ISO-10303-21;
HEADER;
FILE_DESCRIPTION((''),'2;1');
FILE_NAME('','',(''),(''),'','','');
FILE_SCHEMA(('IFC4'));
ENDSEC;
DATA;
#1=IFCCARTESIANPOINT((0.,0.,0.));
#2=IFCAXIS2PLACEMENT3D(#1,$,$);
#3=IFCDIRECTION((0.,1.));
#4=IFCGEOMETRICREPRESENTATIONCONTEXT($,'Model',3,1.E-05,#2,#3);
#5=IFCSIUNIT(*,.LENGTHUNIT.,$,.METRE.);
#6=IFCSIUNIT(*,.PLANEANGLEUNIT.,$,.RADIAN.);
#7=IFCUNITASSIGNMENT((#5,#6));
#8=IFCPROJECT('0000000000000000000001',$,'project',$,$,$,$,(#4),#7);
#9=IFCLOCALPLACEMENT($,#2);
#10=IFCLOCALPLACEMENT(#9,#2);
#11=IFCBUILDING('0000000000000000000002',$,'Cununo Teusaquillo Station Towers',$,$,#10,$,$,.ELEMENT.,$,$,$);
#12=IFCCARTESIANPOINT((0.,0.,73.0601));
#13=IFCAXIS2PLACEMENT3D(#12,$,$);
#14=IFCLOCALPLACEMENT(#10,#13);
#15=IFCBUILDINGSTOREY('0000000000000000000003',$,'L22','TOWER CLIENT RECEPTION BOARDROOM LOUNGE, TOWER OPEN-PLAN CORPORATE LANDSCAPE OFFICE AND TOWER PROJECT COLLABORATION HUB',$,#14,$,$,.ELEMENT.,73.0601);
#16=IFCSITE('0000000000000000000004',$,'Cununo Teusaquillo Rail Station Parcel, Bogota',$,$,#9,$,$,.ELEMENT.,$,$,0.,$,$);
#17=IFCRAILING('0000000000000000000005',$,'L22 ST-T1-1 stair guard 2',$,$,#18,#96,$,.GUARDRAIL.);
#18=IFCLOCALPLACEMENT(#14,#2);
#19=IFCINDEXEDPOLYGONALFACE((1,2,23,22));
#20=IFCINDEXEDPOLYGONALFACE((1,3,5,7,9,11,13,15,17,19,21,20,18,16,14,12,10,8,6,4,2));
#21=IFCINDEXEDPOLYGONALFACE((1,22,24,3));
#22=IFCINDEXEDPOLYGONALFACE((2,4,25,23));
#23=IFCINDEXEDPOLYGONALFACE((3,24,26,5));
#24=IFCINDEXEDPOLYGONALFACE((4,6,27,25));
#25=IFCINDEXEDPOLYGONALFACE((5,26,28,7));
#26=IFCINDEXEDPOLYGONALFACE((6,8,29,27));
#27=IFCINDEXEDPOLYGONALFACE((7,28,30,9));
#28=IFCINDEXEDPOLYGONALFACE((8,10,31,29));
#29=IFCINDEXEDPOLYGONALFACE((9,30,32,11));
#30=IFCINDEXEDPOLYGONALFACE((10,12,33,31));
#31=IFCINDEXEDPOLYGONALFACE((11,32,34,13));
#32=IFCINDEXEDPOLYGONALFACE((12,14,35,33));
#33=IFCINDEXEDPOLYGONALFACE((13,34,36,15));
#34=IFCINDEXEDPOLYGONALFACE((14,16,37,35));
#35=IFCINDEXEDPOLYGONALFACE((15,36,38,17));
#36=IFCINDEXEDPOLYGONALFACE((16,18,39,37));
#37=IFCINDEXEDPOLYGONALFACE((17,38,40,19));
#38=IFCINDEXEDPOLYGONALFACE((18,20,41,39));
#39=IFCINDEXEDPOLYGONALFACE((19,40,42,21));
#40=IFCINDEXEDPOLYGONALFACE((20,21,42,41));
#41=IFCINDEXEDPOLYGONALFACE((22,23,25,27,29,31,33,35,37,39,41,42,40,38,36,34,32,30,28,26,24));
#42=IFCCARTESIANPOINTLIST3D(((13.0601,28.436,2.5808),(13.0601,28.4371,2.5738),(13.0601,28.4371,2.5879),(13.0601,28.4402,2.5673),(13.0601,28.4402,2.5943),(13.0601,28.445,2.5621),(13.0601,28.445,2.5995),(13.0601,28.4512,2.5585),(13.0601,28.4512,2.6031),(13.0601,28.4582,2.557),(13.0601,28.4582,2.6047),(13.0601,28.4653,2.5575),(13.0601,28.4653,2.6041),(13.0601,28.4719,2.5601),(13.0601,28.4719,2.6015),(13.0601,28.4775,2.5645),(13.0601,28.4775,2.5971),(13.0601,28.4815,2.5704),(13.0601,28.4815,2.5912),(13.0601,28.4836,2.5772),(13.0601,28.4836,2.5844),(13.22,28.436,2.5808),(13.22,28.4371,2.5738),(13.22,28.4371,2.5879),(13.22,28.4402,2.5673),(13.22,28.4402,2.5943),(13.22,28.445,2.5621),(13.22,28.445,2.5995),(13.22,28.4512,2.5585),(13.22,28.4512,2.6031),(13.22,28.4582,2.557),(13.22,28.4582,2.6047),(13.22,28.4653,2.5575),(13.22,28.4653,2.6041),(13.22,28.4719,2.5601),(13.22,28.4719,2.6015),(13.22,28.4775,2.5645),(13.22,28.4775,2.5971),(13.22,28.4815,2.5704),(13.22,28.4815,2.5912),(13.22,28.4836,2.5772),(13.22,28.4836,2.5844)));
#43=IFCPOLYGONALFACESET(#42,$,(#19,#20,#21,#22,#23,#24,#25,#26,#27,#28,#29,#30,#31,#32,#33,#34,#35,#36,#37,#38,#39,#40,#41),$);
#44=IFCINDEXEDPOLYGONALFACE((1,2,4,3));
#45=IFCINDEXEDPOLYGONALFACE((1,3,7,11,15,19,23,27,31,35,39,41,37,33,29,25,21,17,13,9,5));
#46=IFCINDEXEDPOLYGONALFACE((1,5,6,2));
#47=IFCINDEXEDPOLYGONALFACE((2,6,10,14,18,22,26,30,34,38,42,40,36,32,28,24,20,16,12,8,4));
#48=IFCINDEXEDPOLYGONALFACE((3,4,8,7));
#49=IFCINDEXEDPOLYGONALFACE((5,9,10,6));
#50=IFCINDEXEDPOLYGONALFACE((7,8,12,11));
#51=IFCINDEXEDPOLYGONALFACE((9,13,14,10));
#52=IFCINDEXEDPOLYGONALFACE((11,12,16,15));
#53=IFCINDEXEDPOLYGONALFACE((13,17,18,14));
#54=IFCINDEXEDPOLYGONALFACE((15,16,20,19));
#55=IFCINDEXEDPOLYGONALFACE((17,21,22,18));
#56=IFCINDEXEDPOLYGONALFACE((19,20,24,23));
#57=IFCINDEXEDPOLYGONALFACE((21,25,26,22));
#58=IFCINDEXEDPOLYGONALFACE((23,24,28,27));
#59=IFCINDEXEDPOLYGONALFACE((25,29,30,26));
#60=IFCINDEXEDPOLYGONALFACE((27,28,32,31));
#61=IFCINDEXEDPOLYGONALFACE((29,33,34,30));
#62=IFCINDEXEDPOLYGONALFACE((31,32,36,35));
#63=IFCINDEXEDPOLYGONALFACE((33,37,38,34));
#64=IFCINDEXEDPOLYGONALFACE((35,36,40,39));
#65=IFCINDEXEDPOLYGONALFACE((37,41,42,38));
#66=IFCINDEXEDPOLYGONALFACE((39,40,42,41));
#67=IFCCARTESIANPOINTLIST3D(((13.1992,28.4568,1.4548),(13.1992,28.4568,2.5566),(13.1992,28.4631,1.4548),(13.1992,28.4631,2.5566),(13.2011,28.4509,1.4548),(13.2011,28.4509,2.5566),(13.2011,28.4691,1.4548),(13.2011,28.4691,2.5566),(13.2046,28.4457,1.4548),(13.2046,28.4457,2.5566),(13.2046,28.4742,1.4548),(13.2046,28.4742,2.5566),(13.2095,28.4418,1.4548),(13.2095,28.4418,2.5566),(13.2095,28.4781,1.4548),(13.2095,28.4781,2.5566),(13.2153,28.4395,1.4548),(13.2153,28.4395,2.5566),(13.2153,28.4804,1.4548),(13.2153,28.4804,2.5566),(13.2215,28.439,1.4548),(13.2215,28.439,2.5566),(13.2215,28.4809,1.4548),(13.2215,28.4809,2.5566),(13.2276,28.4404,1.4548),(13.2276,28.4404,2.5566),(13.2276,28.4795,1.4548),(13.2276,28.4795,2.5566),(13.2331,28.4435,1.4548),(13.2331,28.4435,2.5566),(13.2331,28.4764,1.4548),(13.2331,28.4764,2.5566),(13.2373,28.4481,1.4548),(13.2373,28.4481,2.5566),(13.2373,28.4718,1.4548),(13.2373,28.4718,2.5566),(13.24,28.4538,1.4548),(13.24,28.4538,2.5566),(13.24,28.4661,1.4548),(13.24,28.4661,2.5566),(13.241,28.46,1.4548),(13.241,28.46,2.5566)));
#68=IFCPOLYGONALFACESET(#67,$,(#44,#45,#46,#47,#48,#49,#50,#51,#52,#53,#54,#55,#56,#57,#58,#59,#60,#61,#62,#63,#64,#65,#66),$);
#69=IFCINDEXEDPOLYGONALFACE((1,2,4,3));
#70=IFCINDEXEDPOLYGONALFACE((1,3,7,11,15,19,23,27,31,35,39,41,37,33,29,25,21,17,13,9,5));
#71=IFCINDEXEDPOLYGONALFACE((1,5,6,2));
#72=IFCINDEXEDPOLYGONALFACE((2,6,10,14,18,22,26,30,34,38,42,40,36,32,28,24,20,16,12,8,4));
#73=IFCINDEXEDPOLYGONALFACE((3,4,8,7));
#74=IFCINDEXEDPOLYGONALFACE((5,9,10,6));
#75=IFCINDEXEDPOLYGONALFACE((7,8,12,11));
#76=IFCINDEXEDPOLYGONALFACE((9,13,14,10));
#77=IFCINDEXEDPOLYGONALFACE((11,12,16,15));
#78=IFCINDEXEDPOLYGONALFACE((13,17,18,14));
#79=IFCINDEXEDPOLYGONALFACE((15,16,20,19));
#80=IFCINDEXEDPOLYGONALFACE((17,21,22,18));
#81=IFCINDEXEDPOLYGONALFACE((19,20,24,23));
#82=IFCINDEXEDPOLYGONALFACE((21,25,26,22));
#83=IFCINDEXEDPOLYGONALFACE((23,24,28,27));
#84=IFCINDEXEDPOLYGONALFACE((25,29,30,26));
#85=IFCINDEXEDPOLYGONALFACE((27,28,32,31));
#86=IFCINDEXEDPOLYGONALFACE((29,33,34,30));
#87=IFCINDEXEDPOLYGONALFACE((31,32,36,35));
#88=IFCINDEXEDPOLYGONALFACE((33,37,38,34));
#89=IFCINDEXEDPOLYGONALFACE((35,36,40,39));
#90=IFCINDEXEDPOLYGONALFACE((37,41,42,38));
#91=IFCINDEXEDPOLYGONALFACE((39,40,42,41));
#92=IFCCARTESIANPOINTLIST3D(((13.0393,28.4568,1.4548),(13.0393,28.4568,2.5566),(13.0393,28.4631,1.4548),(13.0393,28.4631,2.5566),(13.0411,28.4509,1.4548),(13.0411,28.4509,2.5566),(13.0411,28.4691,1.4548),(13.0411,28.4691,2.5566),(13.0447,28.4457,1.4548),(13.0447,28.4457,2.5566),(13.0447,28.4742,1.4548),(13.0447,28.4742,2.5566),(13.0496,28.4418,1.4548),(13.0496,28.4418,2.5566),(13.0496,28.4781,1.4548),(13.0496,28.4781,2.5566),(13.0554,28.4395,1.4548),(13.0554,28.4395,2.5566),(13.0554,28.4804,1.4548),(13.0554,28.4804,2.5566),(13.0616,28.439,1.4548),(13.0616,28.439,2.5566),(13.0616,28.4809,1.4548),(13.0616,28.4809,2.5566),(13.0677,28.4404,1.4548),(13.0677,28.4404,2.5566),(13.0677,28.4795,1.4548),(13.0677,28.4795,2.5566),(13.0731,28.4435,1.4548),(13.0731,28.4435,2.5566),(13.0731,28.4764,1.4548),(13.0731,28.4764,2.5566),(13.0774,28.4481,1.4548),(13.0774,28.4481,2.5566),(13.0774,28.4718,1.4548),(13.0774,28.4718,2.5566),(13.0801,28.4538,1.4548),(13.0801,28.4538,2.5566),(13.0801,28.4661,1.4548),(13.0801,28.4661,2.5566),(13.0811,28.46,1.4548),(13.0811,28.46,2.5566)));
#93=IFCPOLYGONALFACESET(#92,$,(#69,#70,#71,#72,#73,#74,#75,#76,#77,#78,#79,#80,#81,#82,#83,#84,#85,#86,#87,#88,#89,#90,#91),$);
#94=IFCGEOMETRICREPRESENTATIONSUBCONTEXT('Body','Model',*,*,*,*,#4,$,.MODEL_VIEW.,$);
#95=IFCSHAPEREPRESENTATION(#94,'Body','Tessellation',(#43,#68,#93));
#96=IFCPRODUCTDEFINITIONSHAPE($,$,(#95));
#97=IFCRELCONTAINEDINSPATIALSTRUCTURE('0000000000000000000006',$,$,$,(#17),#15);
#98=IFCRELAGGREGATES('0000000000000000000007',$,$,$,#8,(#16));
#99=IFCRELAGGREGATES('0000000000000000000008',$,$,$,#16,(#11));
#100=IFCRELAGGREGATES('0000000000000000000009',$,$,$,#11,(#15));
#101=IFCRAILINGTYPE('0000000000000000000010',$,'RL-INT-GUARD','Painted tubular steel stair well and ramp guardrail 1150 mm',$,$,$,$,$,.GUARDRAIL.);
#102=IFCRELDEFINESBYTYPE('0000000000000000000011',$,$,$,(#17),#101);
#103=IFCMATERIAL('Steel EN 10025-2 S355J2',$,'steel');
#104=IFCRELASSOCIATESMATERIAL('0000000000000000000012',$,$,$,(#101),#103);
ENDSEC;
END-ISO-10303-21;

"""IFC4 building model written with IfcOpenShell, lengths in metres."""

from ifc_helpers import new_model, si_unit, direction, frame, origin, origin_2d, place, context, subcontext, project, spatial, circle, extrude, material, type_object, element, save


model = new_model("IFC4")

# Units and contexts
model_context = context("Model", 3, precision=1e-05, world=origin(), true_north=direction((0.0, 1.0)))
body_context = subcontext(model_context, "Body", "Model", "MODEL_VIEW")
ifc_project = project(units=[si_unit("LENGTHUNIT", "METRE"), si_unit("PLANEANGLEUNIT", "RADIAN")], contexts=[model_context])

# Site, building, storey
site_placement = place(None, origin())
site = spatial("IfcSite", under=ifc_project, at=site_placement, Name="Cununo Teusaquillo Rail Station Parcel, Bogota", CompositionType="ELEMENT", RefElevation=0.0)
building_placement = place(site_placement, origin())
building = spatial("IfcBuilding", under=site, at=building_placement, Name="Cununo Teusaquillo Station Towers", CompositionType="ELEMENT")
storey_placement = place(building_placement, frame((0.0, 0.0, 73.0601)))
storey = spatial("IfcBuildingStorey", under=building, at=storey_placement, Name="L22", Description="TOWER CLIENT RECEPTION BOARDROOM LOUNGE, TOWER OPEN-PLAN CORPORATE LANDSCAPE OFFICE AND TOWER PROJECT COLLABORATION HUB", CompositionType="ELEMENT", Elevation=73.0601)

# Railing
ifc_material_1 = material(Name="Steel EN 10025-2 S355J2", Category="steel")
railing_type_1 = type_object("IfcRailingType", Name="RL-INT-GUARD", Description="Painted tubular steel stair well and ramp guardrail 1150 mm", PredefinedType="GUARDRAIL", material=ifc_material_1)
railing_1_placement = place(storey_placement, frame((13.22, 28.46, 1.4548)))
element("IfcRailing", 1, at=railing_1_placement, inside=storey, type_object=railing_type_1, Name="L22 ST-T1-1 stair guard 2", PredefinedType="GUARDRAIL", context=body_context, shape_type="SweptSolid", body=[
    extrude(circle(Radius=0.0239, at=origin_2d()), frame((0.0, 0.0, 1.126), z_axis=(-1.0, 0.0, 0.0), x_axis=(0.0, -1.0, 0.0)), (0.0, 0.0, 1.0), 0.1599),
    extrude(circle(Radius=0.021, at=origin_2d()), origin(), (0.0, 0.0, 1.0), 1.1018),
    extrude(circle(Radius=0.021, at=origin_2d()), frame((-0.1599, 0.0, 0.0)), (0.0, 0.0, 1.0), 1.1018),
])

save(model, "model.ifc")
